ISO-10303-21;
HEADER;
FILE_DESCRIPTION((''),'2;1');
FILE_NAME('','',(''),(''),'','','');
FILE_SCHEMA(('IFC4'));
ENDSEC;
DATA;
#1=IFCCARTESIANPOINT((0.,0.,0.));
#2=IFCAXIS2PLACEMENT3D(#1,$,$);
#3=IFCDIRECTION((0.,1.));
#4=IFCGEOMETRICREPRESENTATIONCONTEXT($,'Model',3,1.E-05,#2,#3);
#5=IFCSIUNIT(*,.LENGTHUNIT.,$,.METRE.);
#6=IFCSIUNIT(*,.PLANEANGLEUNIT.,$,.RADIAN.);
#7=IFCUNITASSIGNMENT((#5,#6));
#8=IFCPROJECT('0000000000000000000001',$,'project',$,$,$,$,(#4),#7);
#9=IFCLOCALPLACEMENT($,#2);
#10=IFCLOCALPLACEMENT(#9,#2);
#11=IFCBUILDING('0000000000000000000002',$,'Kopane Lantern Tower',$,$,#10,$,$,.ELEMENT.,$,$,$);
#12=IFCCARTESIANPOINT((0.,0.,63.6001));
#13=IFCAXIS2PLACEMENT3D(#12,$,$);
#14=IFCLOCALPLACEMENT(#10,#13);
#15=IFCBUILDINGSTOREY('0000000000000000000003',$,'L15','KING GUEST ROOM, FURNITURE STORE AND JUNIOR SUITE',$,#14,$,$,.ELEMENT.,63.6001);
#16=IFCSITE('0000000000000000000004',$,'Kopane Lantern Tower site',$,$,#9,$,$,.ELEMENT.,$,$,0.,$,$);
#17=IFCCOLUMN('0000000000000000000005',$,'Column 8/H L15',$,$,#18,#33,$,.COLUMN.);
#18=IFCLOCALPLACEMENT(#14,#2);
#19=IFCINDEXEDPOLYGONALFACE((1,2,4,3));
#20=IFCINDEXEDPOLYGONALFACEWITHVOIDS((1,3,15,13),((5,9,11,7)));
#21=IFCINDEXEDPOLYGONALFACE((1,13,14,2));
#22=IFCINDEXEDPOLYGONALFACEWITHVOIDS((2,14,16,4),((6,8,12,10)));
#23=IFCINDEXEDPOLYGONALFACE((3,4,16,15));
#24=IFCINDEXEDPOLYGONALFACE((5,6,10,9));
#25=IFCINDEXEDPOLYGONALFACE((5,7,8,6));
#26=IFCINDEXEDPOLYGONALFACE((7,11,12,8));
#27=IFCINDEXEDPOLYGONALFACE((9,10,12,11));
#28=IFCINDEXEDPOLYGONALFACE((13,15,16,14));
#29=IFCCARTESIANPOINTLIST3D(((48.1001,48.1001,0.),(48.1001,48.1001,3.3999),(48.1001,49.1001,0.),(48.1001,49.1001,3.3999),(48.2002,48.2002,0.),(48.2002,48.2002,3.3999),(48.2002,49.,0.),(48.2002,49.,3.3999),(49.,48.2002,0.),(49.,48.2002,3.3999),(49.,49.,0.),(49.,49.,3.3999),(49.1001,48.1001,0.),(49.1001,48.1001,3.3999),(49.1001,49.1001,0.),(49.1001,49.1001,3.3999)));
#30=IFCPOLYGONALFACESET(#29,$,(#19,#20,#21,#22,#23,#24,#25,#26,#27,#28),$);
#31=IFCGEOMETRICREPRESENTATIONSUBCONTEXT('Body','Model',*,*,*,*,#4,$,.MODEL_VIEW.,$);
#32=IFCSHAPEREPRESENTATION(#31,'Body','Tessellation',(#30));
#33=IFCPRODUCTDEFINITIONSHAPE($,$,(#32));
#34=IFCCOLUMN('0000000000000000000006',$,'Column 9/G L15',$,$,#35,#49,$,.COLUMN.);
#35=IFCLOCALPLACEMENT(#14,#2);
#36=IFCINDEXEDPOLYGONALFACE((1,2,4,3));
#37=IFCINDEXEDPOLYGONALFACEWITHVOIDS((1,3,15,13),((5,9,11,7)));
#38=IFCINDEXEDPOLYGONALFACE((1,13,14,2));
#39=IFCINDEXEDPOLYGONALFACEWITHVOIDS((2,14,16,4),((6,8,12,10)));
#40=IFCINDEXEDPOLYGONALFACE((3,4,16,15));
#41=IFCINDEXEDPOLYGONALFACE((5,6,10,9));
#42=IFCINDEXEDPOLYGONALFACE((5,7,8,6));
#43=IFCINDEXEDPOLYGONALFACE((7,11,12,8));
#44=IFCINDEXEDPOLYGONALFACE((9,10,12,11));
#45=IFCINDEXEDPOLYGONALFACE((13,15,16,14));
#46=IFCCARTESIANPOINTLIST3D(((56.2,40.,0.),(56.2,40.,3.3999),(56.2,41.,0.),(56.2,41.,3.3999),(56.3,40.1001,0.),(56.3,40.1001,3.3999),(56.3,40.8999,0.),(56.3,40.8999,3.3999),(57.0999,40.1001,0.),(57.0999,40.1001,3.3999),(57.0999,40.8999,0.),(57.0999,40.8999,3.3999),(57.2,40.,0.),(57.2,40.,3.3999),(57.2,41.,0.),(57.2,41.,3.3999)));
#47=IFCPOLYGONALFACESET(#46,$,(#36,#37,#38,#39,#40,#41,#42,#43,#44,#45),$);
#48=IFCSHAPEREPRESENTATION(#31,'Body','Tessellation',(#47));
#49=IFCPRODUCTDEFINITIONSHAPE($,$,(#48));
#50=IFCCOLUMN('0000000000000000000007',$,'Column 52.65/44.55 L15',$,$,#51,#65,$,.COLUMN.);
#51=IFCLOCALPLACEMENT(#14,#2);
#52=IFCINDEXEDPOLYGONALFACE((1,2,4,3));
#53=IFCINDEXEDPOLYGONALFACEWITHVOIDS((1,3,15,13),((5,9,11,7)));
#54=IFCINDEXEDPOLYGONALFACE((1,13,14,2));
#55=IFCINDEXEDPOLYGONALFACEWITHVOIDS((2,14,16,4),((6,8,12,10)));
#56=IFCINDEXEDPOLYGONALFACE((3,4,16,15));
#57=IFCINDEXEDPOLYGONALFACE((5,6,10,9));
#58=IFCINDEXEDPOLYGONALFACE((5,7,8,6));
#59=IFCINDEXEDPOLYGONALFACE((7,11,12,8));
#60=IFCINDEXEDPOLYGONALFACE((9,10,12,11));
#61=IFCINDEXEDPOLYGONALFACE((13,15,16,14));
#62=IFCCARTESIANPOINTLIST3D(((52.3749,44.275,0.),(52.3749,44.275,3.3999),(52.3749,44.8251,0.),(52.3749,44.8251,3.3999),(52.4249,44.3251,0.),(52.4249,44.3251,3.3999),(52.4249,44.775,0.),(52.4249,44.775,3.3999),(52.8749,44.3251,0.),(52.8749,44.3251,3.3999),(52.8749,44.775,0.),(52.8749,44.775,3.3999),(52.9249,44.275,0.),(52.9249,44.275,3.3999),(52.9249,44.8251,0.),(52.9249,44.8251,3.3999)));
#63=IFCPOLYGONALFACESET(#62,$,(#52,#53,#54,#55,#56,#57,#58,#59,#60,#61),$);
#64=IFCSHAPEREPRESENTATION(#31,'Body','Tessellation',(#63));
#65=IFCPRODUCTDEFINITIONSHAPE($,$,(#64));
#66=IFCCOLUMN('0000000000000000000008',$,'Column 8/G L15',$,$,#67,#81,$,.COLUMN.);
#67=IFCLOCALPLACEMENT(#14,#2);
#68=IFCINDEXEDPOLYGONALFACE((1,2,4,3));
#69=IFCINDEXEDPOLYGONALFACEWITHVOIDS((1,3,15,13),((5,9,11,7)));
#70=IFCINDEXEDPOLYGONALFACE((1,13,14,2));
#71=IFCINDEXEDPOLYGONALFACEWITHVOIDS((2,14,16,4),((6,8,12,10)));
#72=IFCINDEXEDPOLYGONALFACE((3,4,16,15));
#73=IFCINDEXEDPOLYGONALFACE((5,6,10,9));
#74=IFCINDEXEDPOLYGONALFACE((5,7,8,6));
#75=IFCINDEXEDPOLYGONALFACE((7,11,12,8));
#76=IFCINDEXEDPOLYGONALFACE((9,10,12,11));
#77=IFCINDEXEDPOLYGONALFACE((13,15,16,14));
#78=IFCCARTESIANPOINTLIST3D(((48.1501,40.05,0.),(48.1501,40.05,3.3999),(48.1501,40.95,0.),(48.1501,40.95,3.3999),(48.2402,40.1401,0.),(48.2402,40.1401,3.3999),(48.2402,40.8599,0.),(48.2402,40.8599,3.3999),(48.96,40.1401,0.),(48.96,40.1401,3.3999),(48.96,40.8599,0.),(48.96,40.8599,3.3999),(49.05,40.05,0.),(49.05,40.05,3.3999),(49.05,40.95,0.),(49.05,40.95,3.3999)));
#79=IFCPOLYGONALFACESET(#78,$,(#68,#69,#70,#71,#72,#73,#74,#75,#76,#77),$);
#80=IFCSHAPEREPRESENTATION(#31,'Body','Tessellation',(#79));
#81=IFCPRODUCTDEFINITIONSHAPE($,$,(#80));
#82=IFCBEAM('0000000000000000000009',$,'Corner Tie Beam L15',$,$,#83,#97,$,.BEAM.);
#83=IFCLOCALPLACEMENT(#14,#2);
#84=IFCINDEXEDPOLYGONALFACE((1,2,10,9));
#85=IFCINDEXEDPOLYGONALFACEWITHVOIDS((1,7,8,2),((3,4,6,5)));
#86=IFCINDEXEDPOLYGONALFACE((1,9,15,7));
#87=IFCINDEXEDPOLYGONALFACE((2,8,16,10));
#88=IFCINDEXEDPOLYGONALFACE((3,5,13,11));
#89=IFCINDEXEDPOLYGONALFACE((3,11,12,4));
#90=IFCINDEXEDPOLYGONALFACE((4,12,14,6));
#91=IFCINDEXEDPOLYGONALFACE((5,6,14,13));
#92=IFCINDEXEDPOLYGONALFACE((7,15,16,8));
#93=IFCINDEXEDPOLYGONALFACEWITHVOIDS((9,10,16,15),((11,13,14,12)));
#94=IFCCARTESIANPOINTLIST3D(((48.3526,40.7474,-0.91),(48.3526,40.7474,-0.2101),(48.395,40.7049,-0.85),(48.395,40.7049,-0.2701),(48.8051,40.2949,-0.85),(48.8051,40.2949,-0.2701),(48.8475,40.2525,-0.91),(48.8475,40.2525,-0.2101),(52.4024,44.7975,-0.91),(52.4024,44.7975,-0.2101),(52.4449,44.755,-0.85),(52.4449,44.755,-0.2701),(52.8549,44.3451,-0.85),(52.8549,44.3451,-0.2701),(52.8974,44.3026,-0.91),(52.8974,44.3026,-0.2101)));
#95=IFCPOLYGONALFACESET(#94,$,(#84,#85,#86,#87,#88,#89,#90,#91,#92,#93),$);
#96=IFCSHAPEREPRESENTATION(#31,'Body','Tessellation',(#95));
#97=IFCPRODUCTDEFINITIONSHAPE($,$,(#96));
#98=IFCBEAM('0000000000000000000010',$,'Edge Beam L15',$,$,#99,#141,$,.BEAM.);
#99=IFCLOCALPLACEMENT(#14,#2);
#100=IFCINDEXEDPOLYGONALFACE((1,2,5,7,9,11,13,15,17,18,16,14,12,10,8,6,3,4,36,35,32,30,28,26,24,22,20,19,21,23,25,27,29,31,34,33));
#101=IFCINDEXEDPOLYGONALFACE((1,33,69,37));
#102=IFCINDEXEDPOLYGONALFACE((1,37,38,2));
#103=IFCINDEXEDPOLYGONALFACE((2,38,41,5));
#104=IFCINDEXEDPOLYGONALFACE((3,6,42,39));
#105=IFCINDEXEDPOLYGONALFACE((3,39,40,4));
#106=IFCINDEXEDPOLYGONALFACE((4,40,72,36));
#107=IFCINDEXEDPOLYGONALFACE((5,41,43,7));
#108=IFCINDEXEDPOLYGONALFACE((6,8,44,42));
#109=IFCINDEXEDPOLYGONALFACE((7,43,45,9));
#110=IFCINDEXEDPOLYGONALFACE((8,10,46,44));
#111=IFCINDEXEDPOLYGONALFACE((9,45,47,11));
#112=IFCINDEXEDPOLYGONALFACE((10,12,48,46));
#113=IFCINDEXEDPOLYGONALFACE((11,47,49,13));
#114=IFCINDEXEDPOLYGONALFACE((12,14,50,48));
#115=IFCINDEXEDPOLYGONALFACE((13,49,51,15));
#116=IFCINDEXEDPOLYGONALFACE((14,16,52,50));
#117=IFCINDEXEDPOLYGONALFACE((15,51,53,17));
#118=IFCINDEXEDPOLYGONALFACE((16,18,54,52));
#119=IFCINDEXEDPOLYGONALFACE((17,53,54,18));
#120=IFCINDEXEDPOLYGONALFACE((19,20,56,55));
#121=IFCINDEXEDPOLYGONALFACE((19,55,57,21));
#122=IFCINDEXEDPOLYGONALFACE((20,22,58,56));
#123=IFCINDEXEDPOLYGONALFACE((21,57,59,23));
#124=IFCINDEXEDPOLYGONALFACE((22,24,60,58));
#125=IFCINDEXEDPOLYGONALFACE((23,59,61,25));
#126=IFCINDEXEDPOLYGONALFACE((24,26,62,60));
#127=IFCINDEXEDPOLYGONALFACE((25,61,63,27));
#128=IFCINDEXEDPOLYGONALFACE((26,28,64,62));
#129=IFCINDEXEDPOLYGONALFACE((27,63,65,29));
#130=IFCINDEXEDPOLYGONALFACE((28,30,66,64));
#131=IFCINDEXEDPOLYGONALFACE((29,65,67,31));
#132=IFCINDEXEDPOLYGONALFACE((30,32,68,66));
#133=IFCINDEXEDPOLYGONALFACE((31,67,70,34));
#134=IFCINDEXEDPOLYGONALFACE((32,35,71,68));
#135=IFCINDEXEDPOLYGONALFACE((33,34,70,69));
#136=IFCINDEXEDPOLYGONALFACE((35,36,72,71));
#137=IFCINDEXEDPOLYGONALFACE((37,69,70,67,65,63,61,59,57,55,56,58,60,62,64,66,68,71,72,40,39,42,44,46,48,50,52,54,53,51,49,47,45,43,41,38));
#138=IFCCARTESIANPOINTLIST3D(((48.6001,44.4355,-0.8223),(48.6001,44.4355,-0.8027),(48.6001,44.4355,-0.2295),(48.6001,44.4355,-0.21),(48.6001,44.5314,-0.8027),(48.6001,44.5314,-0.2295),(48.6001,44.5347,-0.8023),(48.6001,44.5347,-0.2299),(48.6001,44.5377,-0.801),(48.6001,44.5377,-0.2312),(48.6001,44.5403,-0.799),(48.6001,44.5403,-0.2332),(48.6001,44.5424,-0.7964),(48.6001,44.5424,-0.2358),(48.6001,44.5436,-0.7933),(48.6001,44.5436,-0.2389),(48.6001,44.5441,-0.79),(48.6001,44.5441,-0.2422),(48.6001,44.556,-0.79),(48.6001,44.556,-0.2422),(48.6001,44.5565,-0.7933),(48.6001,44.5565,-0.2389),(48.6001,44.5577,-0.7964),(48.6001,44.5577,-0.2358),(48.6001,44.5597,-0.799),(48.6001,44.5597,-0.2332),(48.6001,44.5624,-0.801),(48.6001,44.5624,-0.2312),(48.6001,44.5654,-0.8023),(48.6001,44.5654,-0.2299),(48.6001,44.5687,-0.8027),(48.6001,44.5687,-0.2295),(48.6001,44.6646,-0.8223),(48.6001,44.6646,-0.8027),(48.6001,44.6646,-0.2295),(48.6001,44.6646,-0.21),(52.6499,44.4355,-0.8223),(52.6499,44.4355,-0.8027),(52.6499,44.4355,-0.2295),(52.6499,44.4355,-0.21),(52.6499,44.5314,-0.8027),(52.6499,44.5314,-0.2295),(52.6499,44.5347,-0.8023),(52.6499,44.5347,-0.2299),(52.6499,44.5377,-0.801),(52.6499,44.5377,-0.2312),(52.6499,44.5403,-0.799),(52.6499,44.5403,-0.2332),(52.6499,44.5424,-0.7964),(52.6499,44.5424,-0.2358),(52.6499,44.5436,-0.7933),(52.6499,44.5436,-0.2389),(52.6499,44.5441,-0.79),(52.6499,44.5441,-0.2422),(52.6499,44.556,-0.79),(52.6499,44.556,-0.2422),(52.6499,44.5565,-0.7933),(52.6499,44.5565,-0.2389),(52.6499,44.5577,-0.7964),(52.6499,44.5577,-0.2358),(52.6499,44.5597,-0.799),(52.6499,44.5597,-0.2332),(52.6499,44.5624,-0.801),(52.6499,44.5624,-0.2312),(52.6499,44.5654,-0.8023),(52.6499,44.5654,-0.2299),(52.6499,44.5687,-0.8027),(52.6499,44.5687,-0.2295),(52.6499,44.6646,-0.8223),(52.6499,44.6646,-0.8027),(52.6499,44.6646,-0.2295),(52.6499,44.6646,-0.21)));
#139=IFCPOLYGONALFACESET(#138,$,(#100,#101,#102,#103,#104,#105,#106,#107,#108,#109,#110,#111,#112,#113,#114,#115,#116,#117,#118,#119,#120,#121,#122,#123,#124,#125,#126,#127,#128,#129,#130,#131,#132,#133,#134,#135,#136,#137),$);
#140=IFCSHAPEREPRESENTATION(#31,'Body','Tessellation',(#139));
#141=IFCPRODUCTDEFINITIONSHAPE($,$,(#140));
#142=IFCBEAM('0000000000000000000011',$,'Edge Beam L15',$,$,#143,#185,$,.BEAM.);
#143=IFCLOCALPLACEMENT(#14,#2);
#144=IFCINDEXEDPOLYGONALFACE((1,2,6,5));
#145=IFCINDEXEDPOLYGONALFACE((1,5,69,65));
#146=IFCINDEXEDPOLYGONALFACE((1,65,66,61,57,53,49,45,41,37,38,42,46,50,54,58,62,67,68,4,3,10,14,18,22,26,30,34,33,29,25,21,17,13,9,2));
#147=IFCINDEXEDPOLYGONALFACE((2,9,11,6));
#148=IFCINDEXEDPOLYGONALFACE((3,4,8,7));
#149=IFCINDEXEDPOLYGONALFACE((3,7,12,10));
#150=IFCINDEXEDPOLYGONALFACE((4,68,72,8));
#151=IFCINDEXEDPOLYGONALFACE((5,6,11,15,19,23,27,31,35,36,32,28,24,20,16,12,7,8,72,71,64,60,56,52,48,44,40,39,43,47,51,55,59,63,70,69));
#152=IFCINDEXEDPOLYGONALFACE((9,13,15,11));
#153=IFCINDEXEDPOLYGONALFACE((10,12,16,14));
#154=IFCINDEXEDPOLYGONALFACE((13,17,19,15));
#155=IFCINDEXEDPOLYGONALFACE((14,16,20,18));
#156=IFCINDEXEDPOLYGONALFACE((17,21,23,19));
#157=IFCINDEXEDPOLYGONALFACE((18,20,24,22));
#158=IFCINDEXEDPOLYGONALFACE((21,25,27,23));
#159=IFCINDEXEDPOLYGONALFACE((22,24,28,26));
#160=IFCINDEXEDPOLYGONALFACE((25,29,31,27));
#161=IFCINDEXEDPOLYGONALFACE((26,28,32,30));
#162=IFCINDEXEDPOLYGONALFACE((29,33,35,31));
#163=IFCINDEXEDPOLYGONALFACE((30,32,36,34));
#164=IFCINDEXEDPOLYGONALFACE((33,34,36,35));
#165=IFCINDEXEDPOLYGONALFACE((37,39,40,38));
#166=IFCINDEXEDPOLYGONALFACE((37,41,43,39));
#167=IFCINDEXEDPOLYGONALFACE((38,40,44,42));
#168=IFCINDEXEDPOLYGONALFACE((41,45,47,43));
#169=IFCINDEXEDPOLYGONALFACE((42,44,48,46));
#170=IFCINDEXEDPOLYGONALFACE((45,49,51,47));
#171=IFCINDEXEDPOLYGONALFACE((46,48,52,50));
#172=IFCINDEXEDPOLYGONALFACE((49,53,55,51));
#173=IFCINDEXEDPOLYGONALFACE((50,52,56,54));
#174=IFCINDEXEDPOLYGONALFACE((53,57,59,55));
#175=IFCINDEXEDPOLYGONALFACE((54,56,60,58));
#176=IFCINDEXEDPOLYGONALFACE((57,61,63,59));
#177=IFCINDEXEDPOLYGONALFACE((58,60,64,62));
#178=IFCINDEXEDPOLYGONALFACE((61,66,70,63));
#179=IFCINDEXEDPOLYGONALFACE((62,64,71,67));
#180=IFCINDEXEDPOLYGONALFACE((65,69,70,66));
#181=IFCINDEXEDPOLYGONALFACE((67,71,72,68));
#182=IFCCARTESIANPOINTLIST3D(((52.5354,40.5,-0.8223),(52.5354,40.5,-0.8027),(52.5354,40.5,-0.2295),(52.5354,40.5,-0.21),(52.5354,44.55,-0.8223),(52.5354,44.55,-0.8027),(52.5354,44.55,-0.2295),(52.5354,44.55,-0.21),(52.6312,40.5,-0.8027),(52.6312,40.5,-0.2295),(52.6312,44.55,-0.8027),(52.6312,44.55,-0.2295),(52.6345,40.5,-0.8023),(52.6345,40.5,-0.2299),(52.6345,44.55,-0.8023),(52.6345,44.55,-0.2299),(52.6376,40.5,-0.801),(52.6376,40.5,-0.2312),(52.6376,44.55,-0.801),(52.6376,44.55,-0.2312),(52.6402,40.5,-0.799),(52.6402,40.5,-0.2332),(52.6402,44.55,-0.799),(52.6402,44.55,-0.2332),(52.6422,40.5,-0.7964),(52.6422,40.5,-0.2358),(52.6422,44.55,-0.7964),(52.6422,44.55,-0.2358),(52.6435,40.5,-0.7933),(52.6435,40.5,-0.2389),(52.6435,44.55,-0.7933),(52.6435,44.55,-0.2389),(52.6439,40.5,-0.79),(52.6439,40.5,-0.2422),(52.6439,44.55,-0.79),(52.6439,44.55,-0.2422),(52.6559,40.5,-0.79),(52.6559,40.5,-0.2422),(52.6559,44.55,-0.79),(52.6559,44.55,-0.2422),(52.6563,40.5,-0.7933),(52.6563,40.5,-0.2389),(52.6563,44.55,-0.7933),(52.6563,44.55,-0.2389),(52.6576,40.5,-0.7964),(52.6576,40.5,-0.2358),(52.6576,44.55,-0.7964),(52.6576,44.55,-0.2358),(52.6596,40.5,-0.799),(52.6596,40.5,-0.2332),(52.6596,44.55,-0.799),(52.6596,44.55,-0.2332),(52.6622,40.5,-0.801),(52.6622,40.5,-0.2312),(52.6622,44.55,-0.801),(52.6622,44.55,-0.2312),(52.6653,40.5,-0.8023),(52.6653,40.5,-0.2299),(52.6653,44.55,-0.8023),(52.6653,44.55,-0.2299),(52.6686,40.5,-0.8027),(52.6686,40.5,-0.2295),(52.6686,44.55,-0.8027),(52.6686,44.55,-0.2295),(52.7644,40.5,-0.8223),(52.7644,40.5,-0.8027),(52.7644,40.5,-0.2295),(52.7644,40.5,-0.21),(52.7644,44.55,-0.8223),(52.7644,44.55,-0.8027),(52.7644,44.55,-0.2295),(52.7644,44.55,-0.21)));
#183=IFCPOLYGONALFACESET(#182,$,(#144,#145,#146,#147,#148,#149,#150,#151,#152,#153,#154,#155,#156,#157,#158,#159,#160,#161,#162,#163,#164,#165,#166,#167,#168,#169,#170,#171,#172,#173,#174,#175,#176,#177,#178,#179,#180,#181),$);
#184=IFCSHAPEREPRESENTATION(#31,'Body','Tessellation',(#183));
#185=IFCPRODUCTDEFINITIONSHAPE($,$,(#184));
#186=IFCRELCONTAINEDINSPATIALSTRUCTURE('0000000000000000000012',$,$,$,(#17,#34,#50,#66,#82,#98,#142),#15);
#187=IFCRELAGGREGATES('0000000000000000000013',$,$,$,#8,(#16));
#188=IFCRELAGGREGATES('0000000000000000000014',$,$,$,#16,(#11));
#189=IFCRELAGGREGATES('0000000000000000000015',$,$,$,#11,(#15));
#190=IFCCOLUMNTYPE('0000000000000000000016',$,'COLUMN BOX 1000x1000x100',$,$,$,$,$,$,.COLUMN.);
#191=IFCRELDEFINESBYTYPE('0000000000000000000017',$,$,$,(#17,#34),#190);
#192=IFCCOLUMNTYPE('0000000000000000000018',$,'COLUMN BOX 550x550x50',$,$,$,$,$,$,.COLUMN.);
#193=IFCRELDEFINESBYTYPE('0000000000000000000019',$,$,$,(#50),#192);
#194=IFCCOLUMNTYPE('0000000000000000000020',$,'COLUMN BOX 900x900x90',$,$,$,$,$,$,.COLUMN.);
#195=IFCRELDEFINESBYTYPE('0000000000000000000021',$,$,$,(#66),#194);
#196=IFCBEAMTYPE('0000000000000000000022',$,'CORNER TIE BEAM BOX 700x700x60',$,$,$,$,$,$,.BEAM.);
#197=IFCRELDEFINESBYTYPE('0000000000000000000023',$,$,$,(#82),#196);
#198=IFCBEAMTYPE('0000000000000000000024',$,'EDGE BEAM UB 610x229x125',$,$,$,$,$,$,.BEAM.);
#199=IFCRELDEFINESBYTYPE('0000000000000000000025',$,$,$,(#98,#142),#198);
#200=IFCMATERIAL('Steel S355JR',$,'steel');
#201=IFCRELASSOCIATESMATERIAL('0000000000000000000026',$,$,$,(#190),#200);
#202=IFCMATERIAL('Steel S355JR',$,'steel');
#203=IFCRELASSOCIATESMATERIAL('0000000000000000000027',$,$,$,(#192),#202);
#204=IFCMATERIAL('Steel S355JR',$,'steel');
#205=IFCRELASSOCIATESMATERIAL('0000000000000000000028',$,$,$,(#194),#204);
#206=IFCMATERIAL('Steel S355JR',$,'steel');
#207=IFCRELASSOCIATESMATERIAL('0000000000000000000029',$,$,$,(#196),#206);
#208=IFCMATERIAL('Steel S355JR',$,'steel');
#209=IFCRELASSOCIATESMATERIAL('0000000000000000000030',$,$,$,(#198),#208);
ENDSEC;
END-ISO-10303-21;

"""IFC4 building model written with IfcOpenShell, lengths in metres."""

from ifc_helpers import new_model, si_unit, direction, frame, origin, origin_2d, place, context, subcontext, project, spatial, hollow_rectangle, i_section, extrude, material, material_profile, profile_set, type_object, element, save


model = new_model("IFC4")

# Units and contexts
model_context = context("Model", 3, precision=1e-05, world=origin(), true_north=direction((0.0, 1.0)))
body_context = subcontext(model_context, "Body", "Model", "MODEL_VIEW")
ifc_project = project(units=[si_unit("LENGTHUNIT", "METRE"), si_unit("PLANEANGLEUNIT", "RADIAN")], contexts=[model_context])

# Site, building, storey
site_placement = place(None, origin())
site = spatial("IfcSite", under=ifc_project, at=site_placement, Name="Kopane Lantern Tower site", CompositionType="ELEMENT", RefElevation=0.0)
building_placement = place(site_placement, origin())
building = spatial("IfcBuilding", under=site, at=building_placement, Name="Kopane Lantern Tower", CompositionType="ELEMENT")
storey_placement = place(building_placement, frame((0.0, 0.0, 63.6001)))
storey = spatial("IfcBuildingStorey", under=building, at=storey_placement, Name="L15", Description="KING GUEST ROOM, FURNITURE STORE AND JUNIOR SUITE", CompositionType="ELEMENT", Elevation=63.6001)

# Columns
ifc_material_1 = material(Name="Steel S355JR", Category="steel")
ifc_material_profile_1 = material_profile(ifc_material_1, hollow_rectangle(XDim=1.0, YDim=1.0, WallThickness=0.1001, at=origin_2d()), Name="BOX 1000x1000x100")
ifc_profile_set_1 = profile_set([ifc_material_profile_1], Name="Steel S355JR")
column_type_1 = type_object("IfcColumnType", Name="COLUMN BOX 1000x1000x100", PredefinedType="COLUMN", material=ifc_profile_set_1)
for number, where, z_axis, x_axis, name in (
    (1, (48.6001, 48.6001, 0.0), (0.0, 0.0, 1.0), (1.0, 0.0, 0.0), "Column 8/H L15"),
    (2, (56.7, 40.5, 0.0), (0.0, 0.0, 1.0), (1.0, 0.0, 0.0), "Column 9/G L15"),
):
    element("IfcColumn", number, at=place(storey_placement, frame(where, z_axis=z_axis, x_axis=x_axis)), inside=storey, type_object=column_type_1, Name=name, PredefinedType="COLUMN", context=body_context, shape_type="SweptSolid", body=[
        extrude(hollow_rectangle(XDim=1.0, YDim=1.0, WallThickness=0.1001, at=origin_2d()), origin(), (0.0, 0.0, 1.0), 3.3999),
    ])
ifc_material_2 = material(Name="Steel S355JR", Category="steel")
ifc_material_profile_2 = material_profile(ifc_material_2, hollow_rectangle(XDim=0.55, YDim=0.55, WallThickness=0.05, at=origin_2d()), Name="BOX 550x550x50")
ifc_profile_set_2 = profile_set([ifc_material_profile_2], Name="Steel S355JR")
column_type_2 = type_object("IfcColumnType", Name="COLUMN BOX 550x550x50", PredefinedType="COLUMN", material=ifc_profile_set_2)
column_1_placement = place(storey_placement, frame((52.6499, 44.55, 0.0), z_axis=(0.0, 0.0, 1.0), x_axis=(1.0, 0.0, 0.0)))
element("IfcColumn", 3, at=column_1_placement, inside=storey, type_object=column_type_2, Name="Column 52.65/44.55 L15", PredefinedType="COLUMN", context=body_context, shape_type="SweptSolid", body=[
    extrude(hollow_rectangle(XDim=0.55, YDim=0.55, WallThickness=0.05, at=origin_2d()), origin(), (0.0, 0.0, 1.0), 3.3999),
])
ifc_material_3 = material(Name="Steel S355JR", Category="steel")
ifc_material_profile_3 = material_profile(ifc_material_3, hollow_rectangle(XDim=0.8999, YDim=0.8999, WallThickness=0.0901, at=origin_2d()), Name="BOX 900x900x90")
ifc_profile_set_3 = profile_set([ifc_material_profile_3], Name="Steel S355JR")
column_type_3 = type_object("IfcColumnType", Name="COLUMN BOX 900x900x90", PredefinedType="COLUMN", material=ifc_profile_set_3)
column_2_placement = place(storey_placement, frame((48.6001, 40.5, 0.0), z_axis=(0.0, 0.0, 1.0), x_axis=(1.0, 0.0, 0.0)))
element("IfcColumn", 4, at=column_2_placement, inside=storey, type_object=column_type_3, Name="Column 8/G L15", PredefinedType="COLUMN", context=body_context, shape_type="SweptSolid", body=[
    extrude(hollow_rectangle(XDim=0.8999, YDim=0.8999, WallThickness=0.0901, at=origin_2d()), origin(), (0.0, 0.0, 1.0), 3.3999),
])

# Beams
ifc_material_4 = material(Name="Steel S355JR", Category="steel")
ifc_material_profile_4 = material_profile(ifc_material_4, hollow_rectangle(XDim=0.7, YDim=0.7, WallThickness=0.0601, at=origin_2d()), Name="BOX 700x700x60")
ifc_profile_set_4 = profile_set([ifc_material_profile_4], Name="Steel S355JR")
beam_type_1 = type_object("IfcBeamType", Name="CORNER TIE BEAM BOX 700x700x60", PredefinedType="BEAM", material=ifc_profile_set_4)
beam_1_placement = place(storey_placement, frame((52.6499, 44.55, -0.5601), z_axis=(-0.707085, -0.707128, 0.0), x_axis=(0.707128, -0.707085, 0.0)))
element("IfcBeam", 5, at=beam_1_placement, inside=storey, type_object=beam_type_1, Name="Corner Tie Beam L15", PredefinedType="BEAM", context=body_context, shape_type="SweptSolid", body=[
    extrude(hollow_rectangle(XDim=0.7, YDim=0.7, WallThickness=0.0601, at=origin_2d()), origin(), (0.0, 0.0, 1.0), 5.7275),
])
ifc_material_5 = material(Name="Steel S355JR", Category="steel")
ifc_material_profile_5 = material_profile(ifc_material_5, i_section(OverallWidth=0.229, OverallDepth=0.6123, WebThickness=0.012, FlangeThickness=0.0195, FilletRadius=0.0127, at=origin_2d()), Name="UB 610x229x125")
ifc_profile_set_5 = profile_set([ifc_material_profile_5], Name="Steel S355JR")
beam_type_2 = type_object("IfcBeamType", Name="EDGE BEAM UB 610x229x125", PredefinedType="BEAM", material=ifc_profile_set_5)
beam_2_placement = place(storey_placement, frame((52.6499, 44.55, -0.5161), z_axis=(-1.0, 0.0, 0.0), x_axis=(0.0, -1.0, 0.0)))
element("IfcBeam", 6, at=beam_2_placement, inside=storey, type_object=beam_type_2, Name="Edge Beam L15", PredefinedType="BEAM", context=body_context, shape_type="SweptSolid", body=[
    extrude(i_section(OverallWidth=0.229, OverallDepth=0.6123, WebThickness=0.012, FlangeThickness=0.0195, FilletRadius=0.0127, at=origin_2d()), origin(), (0.0, 0.0, 1.0), 4.0498),
])
beam_3_placement = place(storey_placement, frame((52.6499, 44.55, -0.5161), z_axis=(0.0, -1.0, 0.0), x_axis=(1.0, 0.0, 0.0)))
element("IfcBeam", 7, at=beam_3_placement, inside=storey, type_object=beam_type_2, Name="Edge Beam L15", PredefinedType="BEAM", context=body_context, shape_type="SweptSolid", body=[
    extrude(i_section(OverallWidth=0.229, OverallDepth=0.6123, WebThickness=0.012, FlangeThickness=0.0195, FilletRadius=0.0127, at=origin_2d()), origin(), (0.0, 0.0, 1.0), 4.05),
])

save(model, "model.ifc")
